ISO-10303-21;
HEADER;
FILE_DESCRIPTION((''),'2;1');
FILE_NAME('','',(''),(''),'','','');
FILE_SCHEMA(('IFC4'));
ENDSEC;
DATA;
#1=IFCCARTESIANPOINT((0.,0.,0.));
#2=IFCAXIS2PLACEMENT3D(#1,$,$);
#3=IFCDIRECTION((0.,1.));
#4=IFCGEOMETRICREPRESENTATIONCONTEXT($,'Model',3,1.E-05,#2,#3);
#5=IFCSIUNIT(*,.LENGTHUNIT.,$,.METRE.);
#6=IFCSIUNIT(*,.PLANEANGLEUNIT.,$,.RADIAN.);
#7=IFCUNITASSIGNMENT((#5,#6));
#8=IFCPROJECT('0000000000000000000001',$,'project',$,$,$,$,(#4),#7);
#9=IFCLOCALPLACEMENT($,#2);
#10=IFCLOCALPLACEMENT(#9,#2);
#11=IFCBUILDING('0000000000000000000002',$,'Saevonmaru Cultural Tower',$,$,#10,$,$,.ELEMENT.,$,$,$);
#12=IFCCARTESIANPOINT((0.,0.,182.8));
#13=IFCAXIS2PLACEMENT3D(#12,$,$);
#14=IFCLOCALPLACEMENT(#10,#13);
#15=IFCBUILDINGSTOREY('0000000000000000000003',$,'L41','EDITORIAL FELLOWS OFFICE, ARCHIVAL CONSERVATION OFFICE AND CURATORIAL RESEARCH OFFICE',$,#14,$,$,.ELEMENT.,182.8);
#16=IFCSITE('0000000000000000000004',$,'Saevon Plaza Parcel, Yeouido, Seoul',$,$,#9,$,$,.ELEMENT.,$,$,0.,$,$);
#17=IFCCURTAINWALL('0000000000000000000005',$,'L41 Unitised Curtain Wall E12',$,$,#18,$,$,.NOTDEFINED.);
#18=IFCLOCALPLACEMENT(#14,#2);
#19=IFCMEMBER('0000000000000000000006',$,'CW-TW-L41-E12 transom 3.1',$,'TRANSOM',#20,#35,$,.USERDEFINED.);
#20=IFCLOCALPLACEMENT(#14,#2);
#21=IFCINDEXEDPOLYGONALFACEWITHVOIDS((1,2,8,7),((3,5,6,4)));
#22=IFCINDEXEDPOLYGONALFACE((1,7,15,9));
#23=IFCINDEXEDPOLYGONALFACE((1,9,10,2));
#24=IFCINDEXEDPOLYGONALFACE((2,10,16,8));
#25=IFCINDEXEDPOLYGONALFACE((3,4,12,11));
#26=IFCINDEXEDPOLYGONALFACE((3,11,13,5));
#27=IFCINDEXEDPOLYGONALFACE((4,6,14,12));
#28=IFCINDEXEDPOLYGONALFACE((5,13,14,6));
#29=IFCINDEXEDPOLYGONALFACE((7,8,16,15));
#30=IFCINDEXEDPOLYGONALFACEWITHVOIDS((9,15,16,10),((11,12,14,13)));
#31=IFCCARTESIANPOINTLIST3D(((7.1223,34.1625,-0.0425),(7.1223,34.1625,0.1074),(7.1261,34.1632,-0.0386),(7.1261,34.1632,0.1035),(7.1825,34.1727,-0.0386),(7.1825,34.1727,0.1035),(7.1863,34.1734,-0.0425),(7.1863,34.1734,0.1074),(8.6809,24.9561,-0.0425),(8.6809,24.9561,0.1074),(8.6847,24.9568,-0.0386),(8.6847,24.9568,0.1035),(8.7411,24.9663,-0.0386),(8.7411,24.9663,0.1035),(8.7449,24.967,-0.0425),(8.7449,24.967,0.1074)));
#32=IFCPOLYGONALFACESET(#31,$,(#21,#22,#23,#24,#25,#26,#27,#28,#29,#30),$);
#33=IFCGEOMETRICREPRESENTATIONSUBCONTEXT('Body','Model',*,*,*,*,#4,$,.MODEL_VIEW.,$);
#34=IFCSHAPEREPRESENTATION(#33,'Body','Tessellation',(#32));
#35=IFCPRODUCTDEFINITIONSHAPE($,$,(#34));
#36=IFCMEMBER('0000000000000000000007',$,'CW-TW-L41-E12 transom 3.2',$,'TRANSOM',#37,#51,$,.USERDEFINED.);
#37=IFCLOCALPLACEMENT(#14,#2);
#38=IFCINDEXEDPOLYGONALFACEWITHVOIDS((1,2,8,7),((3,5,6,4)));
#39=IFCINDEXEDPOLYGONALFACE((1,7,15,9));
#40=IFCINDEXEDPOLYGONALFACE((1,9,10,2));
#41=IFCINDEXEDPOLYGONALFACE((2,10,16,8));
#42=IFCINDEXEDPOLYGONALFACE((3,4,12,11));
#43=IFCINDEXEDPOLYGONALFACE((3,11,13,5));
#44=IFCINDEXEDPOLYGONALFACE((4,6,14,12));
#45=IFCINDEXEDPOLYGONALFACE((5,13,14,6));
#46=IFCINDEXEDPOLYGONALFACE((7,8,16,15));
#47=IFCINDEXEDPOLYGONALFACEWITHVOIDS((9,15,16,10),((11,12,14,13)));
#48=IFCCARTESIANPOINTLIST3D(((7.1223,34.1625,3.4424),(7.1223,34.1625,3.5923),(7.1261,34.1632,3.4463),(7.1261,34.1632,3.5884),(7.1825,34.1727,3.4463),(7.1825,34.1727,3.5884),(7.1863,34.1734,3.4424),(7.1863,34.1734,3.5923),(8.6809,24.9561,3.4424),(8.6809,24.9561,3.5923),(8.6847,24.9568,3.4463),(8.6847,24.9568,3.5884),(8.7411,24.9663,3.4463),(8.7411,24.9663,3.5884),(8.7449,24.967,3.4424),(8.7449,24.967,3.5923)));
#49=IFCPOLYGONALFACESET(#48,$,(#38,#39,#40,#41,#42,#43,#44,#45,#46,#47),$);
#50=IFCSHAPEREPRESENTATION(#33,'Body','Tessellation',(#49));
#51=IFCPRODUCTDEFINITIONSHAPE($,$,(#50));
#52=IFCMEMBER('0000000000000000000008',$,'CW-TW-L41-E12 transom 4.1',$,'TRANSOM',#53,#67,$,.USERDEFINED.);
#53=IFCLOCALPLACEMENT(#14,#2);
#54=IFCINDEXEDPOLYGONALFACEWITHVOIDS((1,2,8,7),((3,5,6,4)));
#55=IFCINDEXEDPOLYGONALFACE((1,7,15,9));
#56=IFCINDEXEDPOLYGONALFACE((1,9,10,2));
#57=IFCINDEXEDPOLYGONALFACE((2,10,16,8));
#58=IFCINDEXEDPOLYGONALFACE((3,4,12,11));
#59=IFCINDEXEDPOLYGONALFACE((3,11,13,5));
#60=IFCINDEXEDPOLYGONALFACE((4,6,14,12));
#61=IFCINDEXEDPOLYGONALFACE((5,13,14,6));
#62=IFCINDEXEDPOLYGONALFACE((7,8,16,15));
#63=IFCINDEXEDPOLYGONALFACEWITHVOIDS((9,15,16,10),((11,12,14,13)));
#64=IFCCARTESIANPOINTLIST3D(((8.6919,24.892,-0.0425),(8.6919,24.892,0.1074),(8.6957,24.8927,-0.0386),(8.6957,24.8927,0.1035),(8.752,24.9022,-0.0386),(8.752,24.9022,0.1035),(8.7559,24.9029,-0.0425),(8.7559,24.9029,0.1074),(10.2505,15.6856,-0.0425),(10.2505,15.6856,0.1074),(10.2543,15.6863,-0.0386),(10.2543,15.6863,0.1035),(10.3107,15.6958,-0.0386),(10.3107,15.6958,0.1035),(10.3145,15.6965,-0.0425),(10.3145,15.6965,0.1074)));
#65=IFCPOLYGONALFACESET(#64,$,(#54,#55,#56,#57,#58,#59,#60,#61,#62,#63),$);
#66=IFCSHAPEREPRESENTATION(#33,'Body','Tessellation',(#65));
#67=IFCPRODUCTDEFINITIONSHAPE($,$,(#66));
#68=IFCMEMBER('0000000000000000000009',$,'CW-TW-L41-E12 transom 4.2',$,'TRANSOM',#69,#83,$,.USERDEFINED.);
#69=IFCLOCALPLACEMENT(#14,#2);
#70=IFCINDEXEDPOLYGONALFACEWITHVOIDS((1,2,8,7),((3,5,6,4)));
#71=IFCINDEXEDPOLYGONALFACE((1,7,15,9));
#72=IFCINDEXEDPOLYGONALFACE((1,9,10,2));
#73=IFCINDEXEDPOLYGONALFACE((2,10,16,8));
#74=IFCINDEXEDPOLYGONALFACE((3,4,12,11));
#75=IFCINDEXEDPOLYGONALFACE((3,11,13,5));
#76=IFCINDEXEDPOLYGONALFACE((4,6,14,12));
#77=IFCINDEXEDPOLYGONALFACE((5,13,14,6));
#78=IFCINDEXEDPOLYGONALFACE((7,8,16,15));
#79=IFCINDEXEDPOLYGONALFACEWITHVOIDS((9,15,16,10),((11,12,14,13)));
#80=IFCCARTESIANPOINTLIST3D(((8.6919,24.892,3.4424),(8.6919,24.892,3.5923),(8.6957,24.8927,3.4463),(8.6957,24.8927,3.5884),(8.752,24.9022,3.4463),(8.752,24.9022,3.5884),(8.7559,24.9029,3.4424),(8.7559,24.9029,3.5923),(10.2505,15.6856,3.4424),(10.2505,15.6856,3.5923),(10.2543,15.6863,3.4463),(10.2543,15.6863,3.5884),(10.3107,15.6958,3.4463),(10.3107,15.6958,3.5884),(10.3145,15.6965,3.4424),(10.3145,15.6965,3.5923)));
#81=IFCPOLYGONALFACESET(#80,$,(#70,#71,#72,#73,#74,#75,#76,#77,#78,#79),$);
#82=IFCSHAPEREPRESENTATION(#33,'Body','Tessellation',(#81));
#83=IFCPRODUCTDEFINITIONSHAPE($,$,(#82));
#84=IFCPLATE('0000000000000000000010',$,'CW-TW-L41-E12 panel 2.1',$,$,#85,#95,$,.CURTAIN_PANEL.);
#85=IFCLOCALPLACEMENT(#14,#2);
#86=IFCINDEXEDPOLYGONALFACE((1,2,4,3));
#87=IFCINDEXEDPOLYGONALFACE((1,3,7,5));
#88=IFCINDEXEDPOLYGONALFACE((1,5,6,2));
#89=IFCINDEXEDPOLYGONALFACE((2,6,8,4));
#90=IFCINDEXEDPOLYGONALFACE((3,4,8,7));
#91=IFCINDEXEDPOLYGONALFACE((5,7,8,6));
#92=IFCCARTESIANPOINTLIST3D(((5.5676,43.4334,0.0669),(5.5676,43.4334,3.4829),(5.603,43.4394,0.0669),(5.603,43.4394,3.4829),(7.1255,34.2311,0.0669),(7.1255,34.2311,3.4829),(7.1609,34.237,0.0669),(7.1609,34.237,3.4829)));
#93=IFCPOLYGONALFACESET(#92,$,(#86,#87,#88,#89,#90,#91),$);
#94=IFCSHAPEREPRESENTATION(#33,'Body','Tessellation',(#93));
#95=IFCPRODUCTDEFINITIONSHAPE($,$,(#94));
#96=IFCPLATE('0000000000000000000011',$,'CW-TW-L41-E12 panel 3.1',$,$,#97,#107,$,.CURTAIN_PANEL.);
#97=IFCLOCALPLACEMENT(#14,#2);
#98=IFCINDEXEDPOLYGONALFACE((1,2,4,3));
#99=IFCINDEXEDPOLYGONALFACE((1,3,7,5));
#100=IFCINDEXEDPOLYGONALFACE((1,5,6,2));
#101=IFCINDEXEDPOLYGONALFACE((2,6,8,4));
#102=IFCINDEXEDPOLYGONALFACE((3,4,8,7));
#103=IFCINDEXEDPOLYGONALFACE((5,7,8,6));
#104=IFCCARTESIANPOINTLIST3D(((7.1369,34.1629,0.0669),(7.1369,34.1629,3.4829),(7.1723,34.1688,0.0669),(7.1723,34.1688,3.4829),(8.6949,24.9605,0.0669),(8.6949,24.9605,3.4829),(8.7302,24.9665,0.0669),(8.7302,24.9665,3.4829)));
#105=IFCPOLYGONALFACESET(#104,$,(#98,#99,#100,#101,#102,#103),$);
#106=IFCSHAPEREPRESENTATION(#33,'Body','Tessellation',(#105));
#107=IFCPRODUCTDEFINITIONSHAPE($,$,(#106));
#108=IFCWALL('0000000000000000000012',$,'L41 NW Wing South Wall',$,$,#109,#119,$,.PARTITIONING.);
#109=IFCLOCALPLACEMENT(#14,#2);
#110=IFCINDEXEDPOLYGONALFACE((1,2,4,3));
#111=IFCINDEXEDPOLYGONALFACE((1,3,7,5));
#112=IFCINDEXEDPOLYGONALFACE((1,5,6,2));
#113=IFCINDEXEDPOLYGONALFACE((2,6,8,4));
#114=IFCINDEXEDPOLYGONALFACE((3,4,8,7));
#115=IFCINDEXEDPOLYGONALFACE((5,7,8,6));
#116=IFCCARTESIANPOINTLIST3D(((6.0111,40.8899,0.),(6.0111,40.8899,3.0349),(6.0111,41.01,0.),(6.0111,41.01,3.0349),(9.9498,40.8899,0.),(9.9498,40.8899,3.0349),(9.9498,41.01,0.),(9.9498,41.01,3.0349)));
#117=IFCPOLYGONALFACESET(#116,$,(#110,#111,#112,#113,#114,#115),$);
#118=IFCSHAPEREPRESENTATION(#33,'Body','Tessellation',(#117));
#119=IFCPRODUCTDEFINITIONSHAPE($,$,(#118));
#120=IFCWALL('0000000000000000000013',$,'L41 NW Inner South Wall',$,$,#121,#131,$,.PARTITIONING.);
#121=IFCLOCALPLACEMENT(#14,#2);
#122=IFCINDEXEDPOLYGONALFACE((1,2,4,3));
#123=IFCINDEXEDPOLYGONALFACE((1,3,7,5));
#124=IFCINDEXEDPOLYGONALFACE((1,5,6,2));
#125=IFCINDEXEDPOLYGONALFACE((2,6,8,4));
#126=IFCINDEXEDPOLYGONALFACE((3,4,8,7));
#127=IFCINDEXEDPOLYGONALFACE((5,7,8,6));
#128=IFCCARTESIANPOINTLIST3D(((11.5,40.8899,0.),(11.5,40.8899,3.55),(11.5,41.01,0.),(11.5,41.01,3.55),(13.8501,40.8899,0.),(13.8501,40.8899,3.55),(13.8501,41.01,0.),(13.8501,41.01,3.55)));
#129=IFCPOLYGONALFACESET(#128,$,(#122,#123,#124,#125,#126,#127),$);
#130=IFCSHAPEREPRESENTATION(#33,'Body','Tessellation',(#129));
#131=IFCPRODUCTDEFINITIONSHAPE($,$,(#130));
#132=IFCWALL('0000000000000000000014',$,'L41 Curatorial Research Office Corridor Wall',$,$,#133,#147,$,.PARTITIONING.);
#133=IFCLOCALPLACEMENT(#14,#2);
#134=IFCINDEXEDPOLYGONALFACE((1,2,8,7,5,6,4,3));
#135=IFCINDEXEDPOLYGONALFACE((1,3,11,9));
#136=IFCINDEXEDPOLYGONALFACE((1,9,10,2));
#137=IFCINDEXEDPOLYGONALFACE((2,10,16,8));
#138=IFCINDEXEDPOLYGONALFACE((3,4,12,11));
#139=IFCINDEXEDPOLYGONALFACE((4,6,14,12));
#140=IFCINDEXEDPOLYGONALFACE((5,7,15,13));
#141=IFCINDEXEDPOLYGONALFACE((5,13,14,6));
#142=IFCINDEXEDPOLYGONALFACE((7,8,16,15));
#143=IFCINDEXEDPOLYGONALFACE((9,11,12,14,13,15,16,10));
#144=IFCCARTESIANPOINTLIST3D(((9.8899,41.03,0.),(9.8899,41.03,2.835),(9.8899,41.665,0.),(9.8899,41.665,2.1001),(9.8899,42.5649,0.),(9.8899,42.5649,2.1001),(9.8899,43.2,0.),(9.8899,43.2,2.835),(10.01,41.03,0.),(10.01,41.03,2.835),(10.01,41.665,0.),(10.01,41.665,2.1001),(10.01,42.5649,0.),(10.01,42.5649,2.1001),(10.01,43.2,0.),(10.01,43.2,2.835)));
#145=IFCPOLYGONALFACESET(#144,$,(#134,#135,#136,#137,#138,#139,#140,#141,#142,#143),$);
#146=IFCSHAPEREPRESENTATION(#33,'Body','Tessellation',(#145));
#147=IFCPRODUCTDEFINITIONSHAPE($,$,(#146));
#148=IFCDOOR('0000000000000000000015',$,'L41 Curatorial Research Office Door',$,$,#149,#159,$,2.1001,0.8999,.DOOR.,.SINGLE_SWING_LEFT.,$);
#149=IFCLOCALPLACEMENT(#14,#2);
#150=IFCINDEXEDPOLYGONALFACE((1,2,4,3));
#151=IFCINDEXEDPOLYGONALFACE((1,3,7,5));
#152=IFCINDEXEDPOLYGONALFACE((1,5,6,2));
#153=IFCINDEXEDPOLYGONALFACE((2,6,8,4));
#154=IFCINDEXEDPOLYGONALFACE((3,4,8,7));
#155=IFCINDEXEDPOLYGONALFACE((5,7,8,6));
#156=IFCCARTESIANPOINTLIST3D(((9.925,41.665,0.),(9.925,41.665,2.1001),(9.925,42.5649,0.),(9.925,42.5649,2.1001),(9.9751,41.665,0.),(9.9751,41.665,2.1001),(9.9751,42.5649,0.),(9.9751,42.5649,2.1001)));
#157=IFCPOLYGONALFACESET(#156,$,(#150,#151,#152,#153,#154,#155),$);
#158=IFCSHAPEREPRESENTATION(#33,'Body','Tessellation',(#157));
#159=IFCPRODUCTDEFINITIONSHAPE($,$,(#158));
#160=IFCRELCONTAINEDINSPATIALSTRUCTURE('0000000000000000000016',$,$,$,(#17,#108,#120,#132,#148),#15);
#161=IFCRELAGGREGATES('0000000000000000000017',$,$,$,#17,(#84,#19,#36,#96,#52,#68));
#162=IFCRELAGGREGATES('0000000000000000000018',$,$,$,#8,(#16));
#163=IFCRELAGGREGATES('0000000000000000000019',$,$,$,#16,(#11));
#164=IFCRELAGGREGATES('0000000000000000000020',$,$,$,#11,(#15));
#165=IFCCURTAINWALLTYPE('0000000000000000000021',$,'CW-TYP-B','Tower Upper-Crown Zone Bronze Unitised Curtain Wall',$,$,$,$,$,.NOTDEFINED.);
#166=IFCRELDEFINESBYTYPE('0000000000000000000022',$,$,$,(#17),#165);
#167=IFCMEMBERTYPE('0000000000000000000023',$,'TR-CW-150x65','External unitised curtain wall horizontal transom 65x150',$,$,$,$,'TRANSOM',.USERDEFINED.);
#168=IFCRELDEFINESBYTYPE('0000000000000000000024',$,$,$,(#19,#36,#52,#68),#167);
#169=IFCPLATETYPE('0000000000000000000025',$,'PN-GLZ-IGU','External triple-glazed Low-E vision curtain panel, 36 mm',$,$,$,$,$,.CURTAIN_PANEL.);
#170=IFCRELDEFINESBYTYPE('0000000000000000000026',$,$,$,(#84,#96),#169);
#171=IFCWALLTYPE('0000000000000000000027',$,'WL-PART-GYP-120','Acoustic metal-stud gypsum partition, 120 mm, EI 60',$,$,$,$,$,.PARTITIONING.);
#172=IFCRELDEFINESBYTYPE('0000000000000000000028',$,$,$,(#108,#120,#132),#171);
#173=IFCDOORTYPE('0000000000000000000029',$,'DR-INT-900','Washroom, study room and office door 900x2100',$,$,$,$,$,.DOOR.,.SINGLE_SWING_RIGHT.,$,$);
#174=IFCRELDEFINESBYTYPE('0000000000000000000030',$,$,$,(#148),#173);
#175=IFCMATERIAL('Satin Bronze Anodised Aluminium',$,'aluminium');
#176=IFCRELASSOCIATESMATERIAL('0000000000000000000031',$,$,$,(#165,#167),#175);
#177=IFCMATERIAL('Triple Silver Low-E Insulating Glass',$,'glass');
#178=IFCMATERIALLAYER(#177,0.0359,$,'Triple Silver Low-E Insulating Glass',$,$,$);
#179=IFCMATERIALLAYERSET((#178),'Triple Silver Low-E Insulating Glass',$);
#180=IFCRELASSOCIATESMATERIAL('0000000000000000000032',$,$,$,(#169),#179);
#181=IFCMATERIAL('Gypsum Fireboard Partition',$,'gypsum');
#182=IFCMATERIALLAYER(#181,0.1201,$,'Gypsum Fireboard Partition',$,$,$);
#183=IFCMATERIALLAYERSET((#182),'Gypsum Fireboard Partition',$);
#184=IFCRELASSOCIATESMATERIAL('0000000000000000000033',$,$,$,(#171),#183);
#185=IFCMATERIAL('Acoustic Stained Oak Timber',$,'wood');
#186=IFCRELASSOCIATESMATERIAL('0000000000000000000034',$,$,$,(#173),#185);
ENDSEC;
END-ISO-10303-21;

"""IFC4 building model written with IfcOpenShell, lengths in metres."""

from ifc_helpers import new_model, si_unit, direction, frame, frame_2d, origin, origin_2d, place, context, subcontext, project, spatial, rectangle, hollow_rectangle, extrude, material, layer, layer_set, material_profile, profile_set, type_object, element, fill, aggregate, save


model = new_model("IFC4")

# Units and contexts
model_context = context("Model", 3, precision=1e-05, world=origin(), true_north=direction((0.0, 1.0)))
body_context = subcontext(model_context, "Body", "Model", "MODEL_VIEW")
ifc_project = project(units=[si_unit("LENGTHUNIT", "METRE"), si_unit("PLANEANGLEUNIT", "RADIAN")], contexts=[model_context])

# Site, building, storey
site_placement = place(None, origin())
site = spatial("IfcSite", under=ifc_project, at=site_placement, Name="Saevon Plaza Parcel, Yeouido, Seoul", CompositionType="ELEMENT", RefElevation=0.0)
building_placement = place(site_placement, origin())
building = spatial("IfcBuilding", under=site, at=building_placement, Name="Saevonmaru Cultural Tower", CompositionType="ELEMENT")
storey_placement = place(building_placement, frame((0.0, 0.0, 182.8)))
storey = spatial("IfcBuildingStorey", under=building, at=storey_placement, Name="L41", Description="EDITORIAL FELLOWS OFFICE, ARCHIVAL CONSERVATION OFFICE AND CURATORIAL RESEARCH OFFICE", CompositionType="ELEMENT", Elevation=182.8)

# Curtain wall, members, plates
ifc_material_1 = material(Name="Satin Bronze Anodised Aluminium", Category="aluminium")
curtain_wall_type = type_object("IfcCurtainWallType", Name="CW-TYP-B", Description="Tower Upper-Crown Zone Bronze Unitised Curtain Wall", PredefinedType="NOTDEFINED", material=ifc_material_1)
curtain_wall_placement = place(storey_placement, origin())
curtain_wall = element("IfcCurtainWall", 1, at=curtain_wall_placement, inside=storey, type_object=curtain_wall_type, Name="L41 Unitised Curtain Wall E12", PredefinedType="NOTDEFINED")
ifc_material_profile_1 = material_profile(ifc_material_1, hollow_rectangle(XDim=0.0649, YDim=0.1499, WallThickness=0.0039, at=origin_2d()), Name="ALU-TRAN-150x65x4")
ifc_profile_set_1 = profile_set([ifc_material_profile_1], Name="Satin Bronze Anodised Aluminium")
member_type_1 = type_object("IfcMemberType", Name="TR-CW-150x65", Description="External unitised curtain wall horizontal transom 65x150", ElementType="TRANSOM", PredefinedType="USERDEFINED", material=ifc_profile_set_1)
member_1_placement = place(storey_placement, frame((7.1543, 34.168, 0.0325), z_axis=(0.166921, -0.98597, 0.0), x_axis=(0.98597, 0.166921, 0.0)))
member_1 = element("IfcMember", 2, at=member_1_placement, type_object=member_type_1, Name="CW-TW-L41-E12 transom 3.1", ObjectType="TRANSOM", PredefinedType="USERDEFINED", context=body_context, shape_type="SweptSolid", body=[
    extrude(hollow_rectangle(XDim=0.0649, YDim=0.1499, WallThickness=0.0039, at=origin_2d()), origin(), (0.0, 0.0, 1.0), 9.3374),
])
member_2_placement = place(storey_placement, frame((7.1543, 34.168, 3.5173), z_axis=(0.166921, -0.98597, 0.0), x_axis=(0.98597, 0.166921, 0.0)))
member_2 = element("IfcMember", 3, at=member_2_placement, type_object=member_type_1, Name="CW-TW-L41-E12 transom 3.2", ObjectType="TRANSOM", PredefinedType="USERDEFINED", context=body_context, shape_type="SweptSolid", body=[
    extrude(hollow_rectangle(XDim=0.0649, YDim=0.1499, WallThickness=0.0039, at=origin_2d()), origin(), (0.0, 0.0, 1.0), 9.3374),
])
member_3_placement = place(storey_placement, frame((8.7239, 24.8975, 0.0325), z_axis=(0.166921, -0.98597, 0.0), x_axis=(0.98597, 0.166921, 0.0)))
member_3 = element("IfcMember", 4, at=member_3_placement, type_object=member_type_1, Name="CW-TW-L41-E12 transom 4.1", ObjectType="TRANSOM", PredefinedType="USERDEFINED", context=body_context, shape_type="SweptSolid", body=[
    extrude(hollow_rectangle(XDim=0.0649, YDim=0.1499, WallThickness=0.0039, at=origin_2d()), origin(), (0.0, 0.0, 1.0), 9.3374),
])
member_4_placement = place(storey_placement, frame((8.7239, 24.8975, 3.5173), z_axis=(0.166921, -0.98597, 0.0), x_axis=(0.98597, 0.166921, 0.0)))
member_4 = element("IfcMember", 5, at=member_4_placement, type_object=member_type_1, Name="CW-TW-L41-E12 transom 4.2", ObjectType="TRANSOM", PredefinedType="USERDEFINED", context=body_context, shape_type="SweptSolid", body=[
    extrude(hollow_rectangle(XDim=0.0649, YDim=0.1499, WallThickness=0.0039, at=origin_2d()), origin(), (0.0, 0.0, 1.0), 9.3374),
])
ifc_material_2 = material(Name="Triple Silver Low-E Insulating Glass", Category="glass")
ifc_layer_1 = layer(ifc_material_2, 0.0359, Name="Triple Silver Low-E Insulating Glass")
ifc_layer_set_1 = layer_set([ifc_layer_1], Name="Triple Silver Low-E Insulating Glass")
plate_type = type_object("IfcPlateType", Name="PN-GLZ-IGU", Description="External triple-glazed Low-E vision curtain panel, 36 mm", PredefinedType="CURTAIN_PANEL", material=ifc_layer_set_1)
plate_1_placement = place(storey_placement, frame((6.3643, 38.8352, 0.0669), z_axis=(0.0, 0.0, 1.0), x_axis=(0.166922, -0.98597, 0.0)))
plate_1 = element("IfcPlate", 6, at=plate_1_placement, type_object=plate_type, Name="CW-TW-L41-E12 panel 2.1", PredefinedType="CURTAIN_PANEL", context=body_context, shape_type="SweptSolid", body=[
    extrude(rectangle(XDim=9.3333, YDim=0.0359, at=origin_2d()), origin(), (0.0, 0.0, 1.0), 3.416),
])
plate_2_placement = place(storey_placement, frame((7.9336, 29.5647, 0.0669), z_axis=(0.0, 0.0, 1.0), x_axis=(0.166922, -0.98597, 0.0)))
plate_2 = element("IfcPlate", 7, at=plate_2_placement, type_object=plate_type, Name="CW-TW-L41-E12 panel 3.1", PredefinedType="CURTAIN_PANEL", context=body_context, shape_type="SweptSolid", body=[
    extrude(rectangle(XDim=9.3333, YDim=0.0359, at=origin_2d()), origin(), (0.0, 0.0, 1.0), 3.416),
])
aggregate(curtain_wall, [plate_1, member_1, member_2, plate_2, member_3, member_4])

# Walls
ifc_material_3 = material(Name="Gypsum Fireboard Partition", Category="gypsum")
ifc_layer_2 = layer(ifc_material_3, 0.1201, Name="Gypsum Fireboard Partition")
ifc_layer_set_2 = layer_set([ifc_layer_2], Name="Gypsum Fireboard Partition")
wall_type = type_object("IfcWallType", Name="WL-PART-GYP-120", Description="Acoustic metal-stud gypsum partition, 120 mm, EI 60", PredefinedType="PARTITIONING", material=ifc_layer_set_2)
wall_1_placement = place(storey_placement, frame((6.0112, 40.95, 0.0), z_axis=(0.0, 0.0, 1.0), x_axis=(1.0, 0.0, 0.0)))
element("IfcWall", 8, at=wall_1_placement, inside=storey, type_object=wall_type, Name="L41 NW Wing South Wall", PredefinedType="PARTITIONING", context=body_context, shape_type="SweptSolid", body=[
    extrude(rectangle(XDim=3.9387, YDim=0.1201, at=frame_2d((1.9692, 0.0))), origin(), (0.0, 0.0, 1.0), 3.0349),
])
wall_2_placement = place(storey_placement, frame((11.5, 40.95, 0.0), z_axis=(0.0, 0.0, 1.0), x_axis=(1.0, 0.0, 0.0)))
element("IfcWall", 9, at=wall_2_placement, inside=storey, type_object=wall_type, Name="L41 NW Inner South Wall", PredefinedType="PARTITIONING", context=body_context, shape_type="SweptSolid", body=[
    extrude(rectangle(XDim=2.3501, YDim=0.1201, at=frame_2d((1.175, 0.0))), origin(), (0.0, 0.0, 1.0), 3.55),
])

# Wall, opening, door
wall_3_placement = place(storey_placement, frame((9.95, 41.03, 0.0), z_axis=(0.0, 0.0, 1.0), x_axis=(0.0, 1.0, 0.0)))
wall_3 = element("IfcWall", 10, at=wall_3_placement, inside=storey, type_object=wall_type, Name="L41 Curatorial Research Office Corridor Wall", PredefinedType="PARTITIONING", context=body_context, shape_type="SweptSolid", body=[
    extrude(rectangle(XDim=2.1699, YDim=0.1201, at=frame_2d((1.085, 0.0))), origin(), (0.0, 0.0, 1.0), 2.835),
])
opening_1_placement = place(wall_3_placement, frame((0.635, 0.0, 0.0)))
opening_1 = element("IfcOpeningElement", 11, at=opening_1_placement, cuts=wall_3, PredefinedType="OPENING", context=body_context, shape_type="SweptSolid", body=[
    extrude(rectangle(XDim=0.8999, YDim=2.1001, at=frame_2d((0.45, 1.05))), frame((0.0, 0.0701, 0.0), z_axis=(0.0, -1.0, 0.0), x_axis=(1.0, 0.0, 0.0)), (0.0, 0.0, 1.0), 0.1401),
])
ifc_material_4 = material(Name="Acoustic Stained Oak Timber", Category="wood")
door_type = type_object("IfcDoorType", Name="DR-INT-900", Description="Washroom, study room and office door 900x2100", OperationType="SINGLE_SWING_RIGHT", PredefinedType="DOOR", material=ifc_material_4)
door_1_placement = place(opening_1_placement, origin())
door_1 = element("IfcDoor", 12, at=door_1_placement, inside=storey, type_object=door_type, Name="L41 Curatorial Research Office Door", OperationType="SINGLE_SWING_LEFT", OverallHeight=2.1001, OverallWidth=0.8999, PredefinedType="DOOR", context=body_context, shape_type="SweptSolid", body=[
    extrude(rectangle(XDim=0.8999, YDim=2.1001, at=frame_2d((0.45, 1.05))), frame((0.0, 0.0249, 0.0), z_axis=(0.0, -1.0, 0.0), x_axis=(1.0, 0.0, 0.0)), (0.0, 0.0, 1.0), 0.05),
])
fill(opening_1, door_1)

save(model, "model.ifc")
